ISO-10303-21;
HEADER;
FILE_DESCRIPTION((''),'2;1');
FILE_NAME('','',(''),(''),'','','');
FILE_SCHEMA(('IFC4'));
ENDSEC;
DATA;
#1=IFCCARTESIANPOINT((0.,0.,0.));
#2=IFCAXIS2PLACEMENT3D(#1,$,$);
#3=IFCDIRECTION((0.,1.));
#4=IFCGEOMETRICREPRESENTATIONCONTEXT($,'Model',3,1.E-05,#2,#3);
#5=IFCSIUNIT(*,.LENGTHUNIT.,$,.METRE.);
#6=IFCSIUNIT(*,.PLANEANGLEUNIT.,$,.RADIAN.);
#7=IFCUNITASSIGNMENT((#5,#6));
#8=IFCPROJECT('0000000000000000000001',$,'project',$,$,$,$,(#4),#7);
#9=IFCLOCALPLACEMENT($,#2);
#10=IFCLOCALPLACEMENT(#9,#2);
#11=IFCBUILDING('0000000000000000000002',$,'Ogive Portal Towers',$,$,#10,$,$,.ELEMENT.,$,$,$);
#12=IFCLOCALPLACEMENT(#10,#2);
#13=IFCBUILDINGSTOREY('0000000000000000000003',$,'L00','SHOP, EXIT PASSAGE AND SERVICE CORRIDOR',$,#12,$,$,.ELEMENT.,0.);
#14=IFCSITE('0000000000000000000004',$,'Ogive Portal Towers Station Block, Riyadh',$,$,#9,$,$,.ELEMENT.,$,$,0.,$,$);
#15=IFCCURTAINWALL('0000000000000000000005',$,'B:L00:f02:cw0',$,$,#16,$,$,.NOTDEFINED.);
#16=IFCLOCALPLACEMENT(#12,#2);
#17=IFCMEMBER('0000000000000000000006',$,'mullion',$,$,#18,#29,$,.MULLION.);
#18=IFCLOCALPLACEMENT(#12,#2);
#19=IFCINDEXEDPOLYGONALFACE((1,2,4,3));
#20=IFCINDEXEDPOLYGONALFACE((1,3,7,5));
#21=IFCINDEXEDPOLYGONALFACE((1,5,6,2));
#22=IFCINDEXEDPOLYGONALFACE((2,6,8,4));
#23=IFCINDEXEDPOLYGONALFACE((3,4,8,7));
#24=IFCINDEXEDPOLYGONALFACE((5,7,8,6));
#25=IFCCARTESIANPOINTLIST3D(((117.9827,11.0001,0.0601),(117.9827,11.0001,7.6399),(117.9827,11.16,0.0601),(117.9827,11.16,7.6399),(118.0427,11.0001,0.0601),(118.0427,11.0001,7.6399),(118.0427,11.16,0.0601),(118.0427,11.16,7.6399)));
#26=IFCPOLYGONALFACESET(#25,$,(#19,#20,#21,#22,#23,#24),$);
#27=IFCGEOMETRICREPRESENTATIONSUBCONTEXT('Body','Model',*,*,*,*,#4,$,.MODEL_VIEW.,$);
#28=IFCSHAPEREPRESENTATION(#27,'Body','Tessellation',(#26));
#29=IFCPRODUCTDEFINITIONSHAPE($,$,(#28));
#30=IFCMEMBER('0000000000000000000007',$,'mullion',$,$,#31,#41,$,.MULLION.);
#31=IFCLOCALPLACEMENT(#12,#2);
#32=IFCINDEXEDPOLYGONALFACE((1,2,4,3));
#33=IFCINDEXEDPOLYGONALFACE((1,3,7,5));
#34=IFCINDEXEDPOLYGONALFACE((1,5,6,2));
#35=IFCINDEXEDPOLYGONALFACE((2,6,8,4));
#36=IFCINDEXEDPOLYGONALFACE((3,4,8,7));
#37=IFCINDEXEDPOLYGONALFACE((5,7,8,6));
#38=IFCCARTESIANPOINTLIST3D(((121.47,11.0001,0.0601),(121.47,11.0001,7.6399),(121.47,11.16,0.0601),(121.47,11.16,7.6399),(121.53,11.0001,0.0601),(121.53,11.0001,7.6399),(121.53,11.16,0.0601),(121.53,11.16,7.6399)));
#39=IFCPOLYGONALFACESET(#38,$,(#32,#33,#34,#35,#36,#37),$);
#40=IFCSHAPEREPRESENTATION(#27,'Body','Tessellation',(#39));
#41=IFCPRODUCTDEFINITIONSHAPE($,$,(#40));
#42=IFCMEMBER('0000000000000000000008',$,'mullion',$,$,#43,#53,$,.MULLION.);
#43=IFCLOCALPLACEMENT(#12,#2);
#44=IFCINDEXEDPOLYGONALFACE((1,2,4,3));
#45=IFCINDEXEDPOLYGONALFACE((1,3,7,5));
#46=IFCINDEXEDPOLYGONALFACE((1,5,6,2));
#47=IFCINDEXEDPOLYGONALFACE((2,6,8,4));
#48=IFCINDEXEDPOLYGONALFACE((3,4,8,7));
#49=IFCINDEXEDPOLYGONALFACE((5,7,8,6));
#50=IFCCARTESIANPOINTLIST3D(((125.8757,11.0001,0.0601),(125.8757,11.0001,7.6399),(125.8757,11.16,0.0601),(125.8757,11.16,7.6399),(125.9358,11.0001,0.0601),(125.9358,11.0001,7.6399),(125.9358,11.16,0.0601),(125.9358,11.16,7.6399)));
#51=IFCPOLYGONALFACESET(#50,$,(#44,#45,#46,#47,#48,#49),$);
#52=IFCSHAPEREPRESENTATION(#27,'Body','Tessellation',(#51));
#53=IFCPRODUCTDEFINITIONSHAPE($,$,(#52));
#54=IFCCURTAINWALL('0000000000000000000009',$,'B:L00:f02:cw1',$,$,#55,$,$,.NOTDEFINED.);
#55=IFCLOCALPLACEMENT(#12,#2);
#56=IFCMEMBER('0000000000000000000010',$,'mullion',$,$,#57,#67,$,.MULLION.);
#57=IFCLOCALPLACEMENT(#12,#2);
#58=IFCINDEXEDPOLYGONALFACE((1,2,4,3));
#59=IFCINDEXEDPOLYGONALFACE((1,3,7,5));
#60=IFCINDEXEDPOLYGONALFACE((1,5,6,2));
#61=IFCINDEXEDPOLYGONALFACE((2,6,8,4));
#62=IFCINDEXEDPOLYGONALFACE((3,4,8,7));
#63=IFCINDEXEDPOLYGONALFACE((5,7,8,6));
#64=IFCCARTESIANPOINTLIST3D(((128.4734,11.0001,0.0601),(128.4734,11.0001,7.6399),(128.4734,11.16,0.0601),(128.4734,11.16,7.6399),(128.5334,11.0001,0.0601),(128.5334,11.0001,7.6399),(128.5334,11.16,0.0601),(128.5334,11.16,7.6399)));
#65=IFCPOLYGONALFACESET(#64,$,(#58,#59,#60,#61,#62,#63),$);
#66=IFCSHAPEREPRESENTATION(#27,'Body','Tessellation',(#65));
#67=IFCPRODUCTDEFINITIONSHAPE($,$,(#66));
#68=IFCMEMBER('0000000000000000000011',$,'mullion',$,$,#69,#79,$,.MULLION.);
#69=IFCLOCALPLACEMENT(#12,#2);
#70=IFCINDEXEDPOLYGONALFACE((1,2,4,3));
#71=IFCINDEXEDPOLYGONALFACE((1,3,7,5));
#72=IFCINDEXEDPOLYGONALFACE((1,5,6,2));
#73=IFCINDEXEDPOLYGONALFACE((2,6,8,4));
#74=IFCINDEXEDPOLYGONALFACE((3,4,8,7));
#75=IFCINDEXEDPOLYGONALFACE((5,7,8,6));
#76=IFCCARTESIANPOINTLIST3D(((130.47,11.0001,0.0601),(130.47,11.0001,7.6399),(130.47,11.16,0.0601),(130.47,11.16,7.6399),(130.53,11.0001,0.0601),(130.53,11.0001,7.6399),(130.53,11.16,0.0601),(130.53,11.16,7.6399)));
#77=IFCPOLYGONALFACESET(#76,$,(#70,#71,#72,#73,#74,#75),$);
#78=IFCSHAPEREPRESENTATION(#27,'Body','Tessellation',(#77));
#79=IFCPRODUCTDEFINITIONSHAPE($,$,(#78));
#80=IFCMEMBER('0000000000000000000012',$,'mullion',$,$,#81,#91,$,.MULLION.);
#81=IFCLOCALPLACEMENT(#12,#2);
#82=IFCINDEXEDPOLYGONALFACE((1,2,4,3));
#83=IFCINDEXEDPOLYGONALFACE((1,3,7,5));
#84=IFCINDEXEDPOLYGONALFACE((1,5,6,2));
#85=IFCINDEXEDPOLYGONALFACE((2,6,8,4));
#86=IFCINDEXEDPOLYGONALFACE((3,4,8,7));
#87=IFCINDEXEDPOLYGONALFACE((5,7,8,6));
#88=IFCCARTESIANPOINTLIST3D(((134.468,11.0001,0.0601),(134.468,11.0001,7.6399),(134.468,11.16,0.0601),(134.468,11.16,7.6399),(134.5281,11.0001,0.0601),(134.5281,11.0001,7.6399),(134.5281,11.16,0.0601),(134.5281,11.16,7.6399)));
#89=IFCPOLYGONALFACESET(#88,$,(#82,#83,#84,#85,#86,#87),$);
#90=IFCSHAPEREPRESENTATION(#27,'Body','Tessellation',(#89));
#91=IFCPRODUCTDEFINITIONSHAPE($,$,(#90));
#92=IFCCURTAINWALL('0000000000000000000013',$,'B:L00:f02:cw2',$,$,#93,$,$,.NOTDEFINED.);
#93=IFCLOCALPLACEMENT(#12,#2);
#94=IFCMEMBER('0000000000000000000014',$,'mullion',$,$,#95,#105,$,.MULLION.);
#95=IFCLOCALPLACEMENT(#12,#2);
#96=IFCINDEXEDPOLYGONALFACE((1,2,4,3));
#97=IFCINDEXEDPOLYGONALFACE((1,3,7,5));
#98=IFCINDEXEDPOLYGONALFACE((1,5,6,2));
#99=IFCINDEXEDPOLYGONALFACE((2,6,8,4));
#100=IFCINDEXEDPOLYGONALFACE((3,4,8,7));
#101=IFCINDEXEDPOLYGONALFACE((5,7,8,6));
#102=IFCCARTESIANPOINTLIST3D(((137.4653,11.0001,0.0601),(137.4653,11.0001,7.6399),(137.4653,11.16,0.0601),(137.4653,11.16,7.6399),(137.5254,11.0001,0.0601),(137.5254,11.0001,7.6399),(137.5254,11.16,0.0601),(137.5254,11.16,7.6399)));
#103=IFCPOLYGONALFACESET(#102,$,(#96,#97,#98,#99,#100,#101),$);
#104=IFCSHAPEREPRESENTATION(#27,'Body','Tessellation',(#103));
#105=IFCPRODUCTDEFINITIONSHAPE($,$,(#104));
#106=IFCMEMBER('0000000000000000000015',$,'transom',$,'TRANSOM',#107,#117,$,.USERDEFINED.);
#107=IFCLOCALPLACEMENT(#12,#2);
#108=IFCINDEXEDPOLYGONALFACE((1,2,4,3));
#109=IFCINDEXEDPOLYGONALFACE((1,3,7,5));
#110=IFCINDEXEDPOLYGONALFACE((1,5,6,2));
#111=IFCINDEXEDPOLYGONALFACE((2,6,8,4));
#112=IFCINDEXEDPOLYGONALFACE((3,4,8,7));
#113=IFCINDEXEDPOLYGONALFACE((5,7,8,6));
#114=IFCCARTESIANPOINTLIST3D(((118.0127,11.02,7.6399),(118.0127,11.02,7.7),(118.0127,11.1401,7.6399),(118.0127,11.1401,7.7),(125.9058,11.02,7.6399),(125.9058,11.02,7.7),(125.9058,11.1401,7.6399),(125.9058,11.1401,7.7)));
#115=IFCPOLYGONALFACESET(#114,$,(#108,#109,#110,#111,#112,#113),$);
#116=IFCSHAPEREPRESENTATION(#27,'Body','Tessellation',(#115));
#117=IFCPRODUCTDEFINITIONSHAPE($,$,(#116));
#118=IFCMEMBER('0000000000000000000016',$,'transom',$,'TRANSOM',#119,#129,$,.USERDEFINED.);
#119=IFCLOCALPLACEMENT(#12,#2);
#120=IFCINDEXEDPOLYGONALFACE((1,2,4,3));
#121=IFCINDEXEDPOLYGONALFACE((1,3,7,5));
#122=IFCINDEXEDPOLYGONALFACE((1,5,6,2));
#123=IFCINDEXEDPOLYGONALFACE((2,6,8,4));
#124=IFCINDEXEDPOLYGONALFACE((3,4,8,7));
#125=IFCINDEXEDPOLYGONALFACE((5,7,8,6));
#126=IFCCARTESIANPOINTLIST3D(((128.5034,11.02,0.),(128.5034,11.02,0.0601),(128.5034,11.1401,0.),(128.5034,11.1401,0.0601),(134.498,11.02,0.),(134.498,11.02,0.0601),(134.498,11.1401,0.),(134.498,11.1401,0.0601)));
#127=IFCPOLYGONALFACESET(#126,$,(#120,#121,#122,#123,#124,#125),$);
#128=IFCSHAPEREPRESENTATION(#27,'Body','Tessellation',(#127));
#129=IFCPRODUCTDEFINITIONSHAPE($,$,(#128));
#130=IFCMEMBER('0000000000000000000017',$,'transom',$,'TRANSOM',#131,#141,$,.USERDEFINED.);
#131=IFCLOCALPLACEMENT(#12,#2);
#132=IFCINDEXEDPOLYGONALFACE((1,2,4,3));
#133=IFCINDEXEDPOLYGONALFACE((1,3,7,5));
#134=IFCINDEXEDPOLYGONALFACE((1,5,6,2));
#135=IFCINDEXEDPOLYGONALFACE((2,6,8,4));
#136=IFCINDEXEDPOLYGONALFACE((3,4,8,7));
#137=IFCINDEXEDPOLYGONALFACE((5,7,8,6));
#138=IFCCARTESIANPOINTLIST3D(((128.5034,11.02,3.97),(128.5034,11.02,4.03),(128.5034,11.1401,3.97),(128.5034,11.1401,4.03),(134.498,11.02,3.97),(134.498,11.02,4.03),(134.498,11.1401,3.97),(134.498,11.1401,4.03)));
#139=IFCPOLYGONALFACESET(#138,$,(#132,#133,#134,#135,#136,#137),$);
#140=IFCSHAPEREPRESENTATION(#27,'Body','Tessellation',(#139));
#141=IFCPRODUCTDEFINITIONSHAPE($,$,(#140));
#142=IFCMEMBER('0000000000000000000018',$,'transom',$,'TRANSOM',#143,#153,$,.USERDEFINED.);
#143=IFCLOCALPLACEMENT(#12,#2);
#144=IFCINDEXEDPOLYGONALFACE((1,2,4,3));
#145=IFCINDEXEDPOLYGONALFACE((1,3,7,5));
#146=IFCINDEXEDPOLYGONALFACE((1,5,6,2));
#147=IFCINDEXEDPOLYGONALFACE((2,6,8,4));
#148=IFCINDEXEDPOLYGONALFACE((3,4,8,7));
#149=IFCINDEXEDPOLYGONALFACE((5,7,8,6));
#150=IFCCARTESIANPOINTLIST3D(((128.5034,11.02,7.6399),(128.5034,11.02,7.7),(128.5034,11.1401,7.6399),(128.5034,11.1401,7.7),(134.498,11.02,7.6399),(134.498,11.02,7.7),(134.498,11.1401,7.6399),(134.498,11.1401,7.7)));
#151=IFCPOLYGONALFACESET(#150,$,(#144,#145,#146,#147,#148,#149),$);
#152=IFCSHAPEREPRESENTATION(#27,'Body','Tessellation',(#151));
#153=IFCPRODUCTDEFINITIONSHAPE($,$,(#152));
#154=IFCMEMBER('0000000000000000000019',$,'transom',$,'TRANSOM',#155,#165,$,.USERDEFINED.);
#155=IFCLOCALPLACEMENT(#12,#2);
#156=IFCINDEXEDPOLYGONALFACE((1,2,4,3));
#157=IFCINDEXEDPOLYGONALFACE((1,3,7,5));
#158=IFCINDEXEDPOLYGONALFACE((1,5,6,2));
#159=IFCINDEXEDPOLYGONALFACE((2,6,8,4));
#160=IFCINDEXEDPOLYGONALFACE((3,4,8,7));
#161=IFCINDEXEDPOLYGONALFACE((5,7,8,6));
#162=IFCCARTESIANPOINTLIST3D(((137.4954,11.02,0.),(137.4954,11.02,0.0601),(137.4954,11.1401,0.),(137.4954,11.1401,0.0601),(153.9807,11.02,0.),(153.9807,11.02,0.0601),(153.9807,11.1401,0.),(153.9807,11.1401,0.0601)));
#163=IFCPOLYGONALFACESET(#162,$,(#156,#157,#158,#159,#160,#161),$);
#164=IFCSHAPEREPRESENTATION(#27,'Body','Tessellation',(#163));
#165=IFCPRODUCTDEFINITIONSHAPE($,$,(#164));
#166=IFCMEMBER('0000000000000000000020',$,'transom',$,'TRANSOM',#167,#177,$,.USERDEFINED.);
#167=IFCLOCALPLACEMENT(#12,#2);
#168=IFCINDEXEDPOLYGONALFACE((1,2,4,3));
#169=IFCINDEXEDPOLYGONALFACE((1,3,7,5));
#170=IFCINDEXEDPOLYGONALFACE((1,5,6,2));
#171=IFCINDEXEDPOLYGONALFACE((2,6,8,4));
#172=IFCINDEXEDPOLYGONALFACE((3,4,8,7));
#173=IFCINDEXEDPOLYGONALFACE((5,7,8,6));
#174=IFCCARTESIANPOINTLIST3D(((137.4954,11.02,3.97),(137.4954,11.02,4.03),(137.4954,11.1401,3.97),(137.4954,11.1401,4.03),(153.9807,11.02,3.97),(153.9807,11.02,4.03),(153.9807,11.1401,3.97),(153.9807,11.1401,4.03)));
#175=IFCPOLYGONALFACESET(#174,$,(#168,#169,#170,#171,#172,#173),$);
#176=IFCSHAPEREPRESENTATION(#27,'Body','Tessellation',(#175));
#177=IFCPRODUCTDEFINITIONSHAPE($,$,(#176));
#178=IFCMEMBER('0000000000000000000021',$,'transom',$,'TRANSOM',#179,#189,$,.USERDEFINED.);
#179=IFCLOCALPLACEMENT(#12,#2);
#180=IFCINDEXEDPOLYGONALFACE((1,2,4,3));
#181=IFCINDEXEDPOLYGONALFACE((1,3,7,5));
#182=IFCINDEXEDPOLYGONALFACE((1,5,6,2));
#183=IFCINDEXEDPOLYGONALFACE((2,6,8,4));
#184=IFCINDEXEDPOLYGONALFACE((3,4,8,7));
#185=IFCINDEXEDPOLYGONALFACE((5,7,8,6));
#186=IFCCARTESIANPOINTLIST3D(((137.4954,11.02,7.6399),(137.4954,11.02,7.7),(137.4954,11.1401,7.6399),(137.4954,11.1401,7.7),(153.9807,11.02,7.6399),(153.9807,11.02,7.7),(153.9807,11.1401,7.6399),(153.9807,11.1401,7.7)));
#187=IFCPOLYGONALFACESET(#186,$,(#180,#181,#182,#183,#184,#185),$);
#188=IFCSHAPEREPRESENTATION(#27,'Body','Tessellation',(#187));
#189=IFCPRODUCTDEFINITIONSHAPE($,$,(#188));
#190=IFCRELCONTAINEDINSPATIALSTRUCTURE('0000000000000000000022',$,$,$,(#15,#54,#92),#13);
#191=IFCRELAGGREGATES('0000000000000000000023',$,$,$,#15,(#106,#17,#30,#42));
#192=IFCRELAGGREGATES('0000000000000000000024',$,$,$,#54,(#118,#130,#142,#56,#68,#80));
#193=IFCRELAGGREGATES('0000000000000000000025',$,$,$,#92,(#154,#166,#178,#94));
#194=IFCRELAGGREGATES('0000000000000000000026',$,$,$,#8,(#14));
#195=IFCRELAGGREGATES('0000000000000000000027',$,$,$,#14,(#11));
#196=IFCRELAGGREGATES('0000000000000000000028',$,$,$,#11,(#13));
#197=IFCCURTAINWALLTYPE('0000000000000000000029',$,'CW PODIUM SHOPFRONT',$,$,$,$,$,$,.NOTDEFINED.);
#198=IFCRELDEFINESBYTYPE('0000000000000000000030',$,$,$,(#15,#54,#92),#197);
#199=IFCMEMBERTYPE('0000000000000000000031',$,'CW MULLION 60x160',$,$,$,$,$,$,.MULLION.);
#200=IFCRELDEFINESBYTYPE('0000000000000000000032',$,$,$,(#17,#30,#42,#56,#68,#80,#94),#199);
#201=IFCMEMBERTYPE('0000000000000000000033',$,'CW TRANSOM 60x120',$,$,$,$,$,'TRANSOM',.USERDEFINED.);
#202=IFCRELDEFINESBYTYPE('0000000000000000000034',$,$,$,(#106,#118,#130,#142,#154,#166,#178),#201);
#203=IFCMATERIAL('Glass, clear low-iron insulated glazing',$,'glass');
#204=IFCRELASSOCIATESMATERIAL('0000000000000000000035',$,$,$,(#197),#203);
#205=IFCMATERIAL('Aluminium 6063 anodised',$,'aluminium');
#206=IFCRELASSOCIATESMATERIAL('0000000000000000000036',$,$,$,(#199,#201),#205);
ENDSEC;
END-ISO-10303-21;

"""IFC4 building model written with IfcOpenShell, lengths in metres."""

from ifc_helpers import new_model, si_unit, direction, frame, origin, origin_2d, place, context, subcontext, project, spatial, rectangle, extrude, material, material_profile, profile_set, type_object, element, aggregate, save


model = new_model("IFC4")

# Units and contexts
model_context = context("Model", 3, precision=1e-05, world=origin(), true_north=direction((0.0, 1.0)))
body_context = subcontext(model_context, "Body", "Model", "MODEL_VIEW")
ifc_project = project(units=[si_unit("LENGTHUNIT", "METRE"), si_unit("PLANEANGLEUNIT", "RADIAN")], contexts=[model_context])

# Site, building, storey
site_placement = place(None, origin())
site = spatial("IfcSite", under=ifc_project, at=site_placement, Name="Ogive Portal Towers Station Block, Riyadh", CompositionType="ELEMENT", RefElevation=0.0)
building_placement = place(site_placement, origin())
building = spatial("IfcBuilding", under=site, at=building_placement, Name="Ogive Portal Towers", CompositionType="ELEMENT")
storey_placement = place(building_placement, origin())
storey = spatial("IfcBuildingStorey", under=building, at=storey_placement, Name="L00", Description="SHOP, EXIT PASSAGE AND SERVICE CORRIDOR", CompositionType="ELEMENT", Elevation=0.0)

# Curtain walls, members
ifc_material_1 = material(Name="Glass, clear low-iron insulated glazing", Category="glass")
curtain_wall_type = type_object("IfcCurtainWallType", Name="CW PODIUM SHOPFRONT", PredefinedType="NOTDEFINED", material=ifc_material_1)
curtain_wall_1_placement = place(storey_placement, origin())
curtain_wall_1 = element("IfcCurtainWall", 1, at=curtain_wall_1_placement, inside=storey, type_object=curtain_wall_type, Name="B:L00:f02:cw0", PredefinedType="NOTDEFINED")
ifc_material_2 = material(Name="Aluminium 6063 anodised", Category="aluminium")
ifc_material_profile_1 = material_profile(ifc_material_2, rectangle(XDim=0.1599, YDim=0.0601, at=origin_2d()), Name="AL 60x160")
ifc_profile_set_1 = profile_set([ifc_material_profile_1], Name="Aluminium 6063 anodised")
member_type_1 = type_object("IfcMemberType", Name="CW MULLION 60x160", PredefinedType="MULLION", material=ifc_profile_set_1)
member_1_placement = place(storey_placement, frame((118.0127, 11.0801, 0.0601), z_axis=(0.0, 0.0, 1.0), x_axis=(0.0, 1.0, 0.0)))
member_1 = element("IfcMember", 2, at=member_1_placement, type_object=member_type_1, Name="mullion", PredefinedType="MULLION", context=body_context, shape_type="SweptSolid", body=[
    extrude(rectangle(XDim=0.1599, YDim=0.0601, at=origin_2d()), origin(), (0.0, 0.0, 1.0), 7.5798),
])
member_2_placement = place(storey_placement, frame((121.5, 11.0801, 0.0601), z_axis=(0.0, 0.0, 1.0), x_axis=(0.0, 1.0, 0.0)))
member_2 = element("IfcMember", 3, at=member_2_placement, type_object=member_type_1, Name="mullion", PredefinedType="MULLION", context=body_context, shape_type="SweptSolid", body=[
    extrude(rectangle(XDim=0.1599, YDim=0.0601, at=origin_2d()), origin(), (0.0, 0.0, 1.0), 7.5798),
])
member_3_placement = place(storey_placement, frame((125.9058, 11.0801, 0.0601), z_axis=(0.0, 0.0, 1.0), x_axis=(0.0, 1.0, 0.0)))
member_3 = element("IfcMember", 4, at=member_3_placement, type_object=member_type_1, Name="mullion", PredefinedType="MULLION", context=body_context, shape_type="SweptSolid", body=[
    extrude(rectangle(XDim=0.1599, YDim=0.0601, at=origin_2d()), origin(), (0.0, 0.0, 1.0), 7.5798),
])
curtain_wall_2_placement = place(storey_placement, origin())
curtain_wall_2 = element("IfcCurtainWall", 5, at=curtain_wall_2_placement, inside=storey, type_object=curtain_wall_type, Name="B:L00:f02:cw1", PredefinedType="NOTDEFINED")
member_4_placement = place(storey_placement, frame((128.5034, 11.0801, 0.0601), z_axis=(0.0, 0.0, 1.0), x_axis=(0.0, 1.0, 0.0)))
member_4 = element("IfcMember", 6, at=member_4_placement, type_object=member_type_1, Name="mullion", PredefinedType="MULLION", context=body_context, shape_type="SweptSolid", body=[
    extrude(rectangle(XDim=0.1599, YDim=0.0601, at=origin_2d()), origin(), (0.0, 0.0, 1.0), 7.5798),
])
member_5_placement = place(storey_placement, frame((130.5, 11.0801, 0.0601), z_axis=(0.0, 0.0, 1.0), x_axis=(0.0, 1.0, 0.0)))
member_5 = element("IfcMember", 7, at=member_5_placement, type_object=member_type_1, Name="mullion", PredefinedType="MULLION", context=body_context, shape_type="SweptSolid", body=[
    extrude(rectangle(XDim=0.1599, YDim=0.0601, at=origin_2d()), origin(), (0.0, 0.0, 1.0), 7.5798),
])
member_6_placement = place(storey_placement, frame((134.498, 11.0801, 0.0601), z_axis=(0.0, 0.0, 1.0), x_axis=(0.0, 1.0, 0.0)))
member_6 = element("IfcMember", 8, at=member_6_placement, type_object=member_type_1, Name="mullion", PredefinedType="MULLION", context=body_context, shape_type="SweptSolid", body=[
    extrude(rectangle(XDim=0.1599, YDim=0.0601, at=origin_2d()), origin(), (0.0, 0.0, 1.0), 7.5798),
])

# Curtain wall, member
curtain_wall_3_placement = place(storey_placement, origin())
curtain_wall_3 = element("IfcCurtainWall", 9, at=curtain_wall_3_placement, inside=storey, type_object=curtain_wall_type, Name="B:L00:f02:cw2", PredefinedType="NOTDEFINED")
member_7_placement = place(storey_placement, frame((137.4954, 11.0801, 0.0601), z_axis=(0.0, 0.0, 1.0), x_axis=(0.0, 1.0, 0.0)))
member_7 = element("IfcMember", 10, at=member_7_placement, type_object=member_type_1, Name="mullion", PredefinedType="MULLION", context=body_context, shape_type="SweptSolid", body=[
    extrude(rectangle(XDim=0.1599, YDim=0.0601, at=origin_2d()), origin(), (0.0, 0.0, 1.0), 7.5798),
])

# Members
ifc_material_profile_2 = material_profile(ifc_material_2, rectangle(XDim=0.1201, YDim=0.0601, at=origin_2d()), Name="AL 120x60")
ifc_profile_set_2 = profile_set([ifc_material_profile_2], Name="Aluminium 6063 anodised")
member_type_2 = type_object("IfcMemberType", Name="CW TRANSOM 60x120", ElementType="TRANSOM", PredefinedType="USERDEFINED", material=ifc_profile_set_2)
member_8_placement = place(storey_placement, frame((118.0127, 11.0801, 7.6699), z_axis=(1.0, 0.0, 0.0), x_axis=(0.0, 1.0, 0.0)))
member_8 = element("IfcMember", 11, at=member_8_placement, type_object=member_type_2, Name="transom", ObjectType="TRANSOM", PredefinedType="USERDEFINED", context=body_context, shape_type="SweptSolid", body=[
    extrude(rectangle(XDim=0.1201, YDim=0.0601, at=origin_2d()), origin(), (0.0, 0.0, 1.0), 7.8931),
])
member_9_placement = place(storey_placement, frame((128.5034, 11.0801, 0.03), z_axis=(1.0, 0.0, 0.0), x_axis=(0.0, 1.0, 0.0)))
member_9 = element("IfcMember", 12, at=member_9_placement, type_object=member_type_2, Name="transom", ObjectType="TRANSOM", PredefinedType="USERDEFINED", context=body_context, shape_type="SweptSolid", body=[
    extrude(rectangle(XDim=0.1201, YDim=0.0601, at=origin_2d()), origin(), (0.0, 0.0, 1.0), 5.9946),
])
member_10_placement = place(storey_placement, frame((128.5034, 11.0801, 4.0), z_axis=(1.0, 0.0, 0.0), x_axis=(0.0, 1.0, 0.0)))
member_10 = element("IfcMember", 13, at=member_10_placement, type_object=member_type_2, Name="transom", ObjectType="TRANSOM", PredefinedType="USERDEFINED", context=body_context, shape_type="SweptSolid", body=[
    extrude(rectangle(XDim=0.1201, YDim=0.0601, at=origin_2d()), origin(), (0.0, 0.0, 1.0), 5.9946),
])
member_11_placement = place(storey_placement, frame((128.5034, 11.0801, 7.6699), z_axis=(1.0, 0.0, 0.0), x_axis=(0.0, 1.0, 0.0)))
member_11 = element("IfcMember", 14, at=member_11_placement, type_object=member_type_2, Name="transom", ObjectType="TRANSOM", PredefinedType="USERDEFINED", context=body_context, shape_type="SweptSolid", body=[
    extrude(rectangle(XDim=0.1201, YDim=0.0601, at=origin_2d()), origin(), (0.0, 0.0, 1.0), 5.9946),
])
member_12_placement = place(storey_placement, frame((137.4954, 11.0801, 0.03), z_axis=(1.0, 0.0, 0.0), x_axis=(0.0, 1.0, 0.0)))
member_12 = element("IfcMember", 15, at=member_12_placement, type_object=member_type_2, Name="transom", ObjectType="TRANSOM", PredefinedType="USERDEFINED", context=body_context, shape_type="SweptSolid", body=[
    extrude(rectangle(XDim=0.1201, YDim=0.0601, at=origin_2d()), origin(), (0.0, 0.0, 1.0), 16.4854),
])
member_13_placement = place(storey_placement, frame((137.4954, 11.0801, 4.0), z_axis=(1.0, 0.0, 0.0), x_axis=(0.0, 1.0, 0.0)))
member_13 = element("IfcMember", 16, at=member_13_placement, type_object=member_type_2, Name="transom", ObjectType="TRANSOM", PredefinedType="USERDEFINED", context=body_context, shape_type="SweptSolid", body=[
    extrude(rectangle(XDim=0.1201, YDim=0.0601, at=origin_2d()), origin(), (0.0, 0.0, 1.0), 16.4854),
])
member_14_placement = place(storey_placement, frame((137.4954, 11.0801, 7.6699), z_axis=(1.0, 0.0, 0.0), x_axis=(0.0, 1.0, 0.0)))
member_14 = element("IfcMember", 17, at=member_14_placement, type_object=member_type_2, Name="transom", ObjectType="TRANSOM", PredefinedType="USERDEFINED", context=body_context, shape_type="SweptSolid", body=[
    extrude(rectangle(XDim=0.1201, YDim=0.0601, at=origin_2d()), origin(), (0.0, 0.0, 1.0), 16.4854),
])

aggregate(curtain_wall_1, [member_8, member_1, member_2, member_3])
aggregate(curtain_wall_2, [member_9, member_10, member_11, member_4, member_5, member_6])
aggregate(curtain_wall_3, [member_12, member_13, member_14, member_7])

save(model, "model.ifc")
